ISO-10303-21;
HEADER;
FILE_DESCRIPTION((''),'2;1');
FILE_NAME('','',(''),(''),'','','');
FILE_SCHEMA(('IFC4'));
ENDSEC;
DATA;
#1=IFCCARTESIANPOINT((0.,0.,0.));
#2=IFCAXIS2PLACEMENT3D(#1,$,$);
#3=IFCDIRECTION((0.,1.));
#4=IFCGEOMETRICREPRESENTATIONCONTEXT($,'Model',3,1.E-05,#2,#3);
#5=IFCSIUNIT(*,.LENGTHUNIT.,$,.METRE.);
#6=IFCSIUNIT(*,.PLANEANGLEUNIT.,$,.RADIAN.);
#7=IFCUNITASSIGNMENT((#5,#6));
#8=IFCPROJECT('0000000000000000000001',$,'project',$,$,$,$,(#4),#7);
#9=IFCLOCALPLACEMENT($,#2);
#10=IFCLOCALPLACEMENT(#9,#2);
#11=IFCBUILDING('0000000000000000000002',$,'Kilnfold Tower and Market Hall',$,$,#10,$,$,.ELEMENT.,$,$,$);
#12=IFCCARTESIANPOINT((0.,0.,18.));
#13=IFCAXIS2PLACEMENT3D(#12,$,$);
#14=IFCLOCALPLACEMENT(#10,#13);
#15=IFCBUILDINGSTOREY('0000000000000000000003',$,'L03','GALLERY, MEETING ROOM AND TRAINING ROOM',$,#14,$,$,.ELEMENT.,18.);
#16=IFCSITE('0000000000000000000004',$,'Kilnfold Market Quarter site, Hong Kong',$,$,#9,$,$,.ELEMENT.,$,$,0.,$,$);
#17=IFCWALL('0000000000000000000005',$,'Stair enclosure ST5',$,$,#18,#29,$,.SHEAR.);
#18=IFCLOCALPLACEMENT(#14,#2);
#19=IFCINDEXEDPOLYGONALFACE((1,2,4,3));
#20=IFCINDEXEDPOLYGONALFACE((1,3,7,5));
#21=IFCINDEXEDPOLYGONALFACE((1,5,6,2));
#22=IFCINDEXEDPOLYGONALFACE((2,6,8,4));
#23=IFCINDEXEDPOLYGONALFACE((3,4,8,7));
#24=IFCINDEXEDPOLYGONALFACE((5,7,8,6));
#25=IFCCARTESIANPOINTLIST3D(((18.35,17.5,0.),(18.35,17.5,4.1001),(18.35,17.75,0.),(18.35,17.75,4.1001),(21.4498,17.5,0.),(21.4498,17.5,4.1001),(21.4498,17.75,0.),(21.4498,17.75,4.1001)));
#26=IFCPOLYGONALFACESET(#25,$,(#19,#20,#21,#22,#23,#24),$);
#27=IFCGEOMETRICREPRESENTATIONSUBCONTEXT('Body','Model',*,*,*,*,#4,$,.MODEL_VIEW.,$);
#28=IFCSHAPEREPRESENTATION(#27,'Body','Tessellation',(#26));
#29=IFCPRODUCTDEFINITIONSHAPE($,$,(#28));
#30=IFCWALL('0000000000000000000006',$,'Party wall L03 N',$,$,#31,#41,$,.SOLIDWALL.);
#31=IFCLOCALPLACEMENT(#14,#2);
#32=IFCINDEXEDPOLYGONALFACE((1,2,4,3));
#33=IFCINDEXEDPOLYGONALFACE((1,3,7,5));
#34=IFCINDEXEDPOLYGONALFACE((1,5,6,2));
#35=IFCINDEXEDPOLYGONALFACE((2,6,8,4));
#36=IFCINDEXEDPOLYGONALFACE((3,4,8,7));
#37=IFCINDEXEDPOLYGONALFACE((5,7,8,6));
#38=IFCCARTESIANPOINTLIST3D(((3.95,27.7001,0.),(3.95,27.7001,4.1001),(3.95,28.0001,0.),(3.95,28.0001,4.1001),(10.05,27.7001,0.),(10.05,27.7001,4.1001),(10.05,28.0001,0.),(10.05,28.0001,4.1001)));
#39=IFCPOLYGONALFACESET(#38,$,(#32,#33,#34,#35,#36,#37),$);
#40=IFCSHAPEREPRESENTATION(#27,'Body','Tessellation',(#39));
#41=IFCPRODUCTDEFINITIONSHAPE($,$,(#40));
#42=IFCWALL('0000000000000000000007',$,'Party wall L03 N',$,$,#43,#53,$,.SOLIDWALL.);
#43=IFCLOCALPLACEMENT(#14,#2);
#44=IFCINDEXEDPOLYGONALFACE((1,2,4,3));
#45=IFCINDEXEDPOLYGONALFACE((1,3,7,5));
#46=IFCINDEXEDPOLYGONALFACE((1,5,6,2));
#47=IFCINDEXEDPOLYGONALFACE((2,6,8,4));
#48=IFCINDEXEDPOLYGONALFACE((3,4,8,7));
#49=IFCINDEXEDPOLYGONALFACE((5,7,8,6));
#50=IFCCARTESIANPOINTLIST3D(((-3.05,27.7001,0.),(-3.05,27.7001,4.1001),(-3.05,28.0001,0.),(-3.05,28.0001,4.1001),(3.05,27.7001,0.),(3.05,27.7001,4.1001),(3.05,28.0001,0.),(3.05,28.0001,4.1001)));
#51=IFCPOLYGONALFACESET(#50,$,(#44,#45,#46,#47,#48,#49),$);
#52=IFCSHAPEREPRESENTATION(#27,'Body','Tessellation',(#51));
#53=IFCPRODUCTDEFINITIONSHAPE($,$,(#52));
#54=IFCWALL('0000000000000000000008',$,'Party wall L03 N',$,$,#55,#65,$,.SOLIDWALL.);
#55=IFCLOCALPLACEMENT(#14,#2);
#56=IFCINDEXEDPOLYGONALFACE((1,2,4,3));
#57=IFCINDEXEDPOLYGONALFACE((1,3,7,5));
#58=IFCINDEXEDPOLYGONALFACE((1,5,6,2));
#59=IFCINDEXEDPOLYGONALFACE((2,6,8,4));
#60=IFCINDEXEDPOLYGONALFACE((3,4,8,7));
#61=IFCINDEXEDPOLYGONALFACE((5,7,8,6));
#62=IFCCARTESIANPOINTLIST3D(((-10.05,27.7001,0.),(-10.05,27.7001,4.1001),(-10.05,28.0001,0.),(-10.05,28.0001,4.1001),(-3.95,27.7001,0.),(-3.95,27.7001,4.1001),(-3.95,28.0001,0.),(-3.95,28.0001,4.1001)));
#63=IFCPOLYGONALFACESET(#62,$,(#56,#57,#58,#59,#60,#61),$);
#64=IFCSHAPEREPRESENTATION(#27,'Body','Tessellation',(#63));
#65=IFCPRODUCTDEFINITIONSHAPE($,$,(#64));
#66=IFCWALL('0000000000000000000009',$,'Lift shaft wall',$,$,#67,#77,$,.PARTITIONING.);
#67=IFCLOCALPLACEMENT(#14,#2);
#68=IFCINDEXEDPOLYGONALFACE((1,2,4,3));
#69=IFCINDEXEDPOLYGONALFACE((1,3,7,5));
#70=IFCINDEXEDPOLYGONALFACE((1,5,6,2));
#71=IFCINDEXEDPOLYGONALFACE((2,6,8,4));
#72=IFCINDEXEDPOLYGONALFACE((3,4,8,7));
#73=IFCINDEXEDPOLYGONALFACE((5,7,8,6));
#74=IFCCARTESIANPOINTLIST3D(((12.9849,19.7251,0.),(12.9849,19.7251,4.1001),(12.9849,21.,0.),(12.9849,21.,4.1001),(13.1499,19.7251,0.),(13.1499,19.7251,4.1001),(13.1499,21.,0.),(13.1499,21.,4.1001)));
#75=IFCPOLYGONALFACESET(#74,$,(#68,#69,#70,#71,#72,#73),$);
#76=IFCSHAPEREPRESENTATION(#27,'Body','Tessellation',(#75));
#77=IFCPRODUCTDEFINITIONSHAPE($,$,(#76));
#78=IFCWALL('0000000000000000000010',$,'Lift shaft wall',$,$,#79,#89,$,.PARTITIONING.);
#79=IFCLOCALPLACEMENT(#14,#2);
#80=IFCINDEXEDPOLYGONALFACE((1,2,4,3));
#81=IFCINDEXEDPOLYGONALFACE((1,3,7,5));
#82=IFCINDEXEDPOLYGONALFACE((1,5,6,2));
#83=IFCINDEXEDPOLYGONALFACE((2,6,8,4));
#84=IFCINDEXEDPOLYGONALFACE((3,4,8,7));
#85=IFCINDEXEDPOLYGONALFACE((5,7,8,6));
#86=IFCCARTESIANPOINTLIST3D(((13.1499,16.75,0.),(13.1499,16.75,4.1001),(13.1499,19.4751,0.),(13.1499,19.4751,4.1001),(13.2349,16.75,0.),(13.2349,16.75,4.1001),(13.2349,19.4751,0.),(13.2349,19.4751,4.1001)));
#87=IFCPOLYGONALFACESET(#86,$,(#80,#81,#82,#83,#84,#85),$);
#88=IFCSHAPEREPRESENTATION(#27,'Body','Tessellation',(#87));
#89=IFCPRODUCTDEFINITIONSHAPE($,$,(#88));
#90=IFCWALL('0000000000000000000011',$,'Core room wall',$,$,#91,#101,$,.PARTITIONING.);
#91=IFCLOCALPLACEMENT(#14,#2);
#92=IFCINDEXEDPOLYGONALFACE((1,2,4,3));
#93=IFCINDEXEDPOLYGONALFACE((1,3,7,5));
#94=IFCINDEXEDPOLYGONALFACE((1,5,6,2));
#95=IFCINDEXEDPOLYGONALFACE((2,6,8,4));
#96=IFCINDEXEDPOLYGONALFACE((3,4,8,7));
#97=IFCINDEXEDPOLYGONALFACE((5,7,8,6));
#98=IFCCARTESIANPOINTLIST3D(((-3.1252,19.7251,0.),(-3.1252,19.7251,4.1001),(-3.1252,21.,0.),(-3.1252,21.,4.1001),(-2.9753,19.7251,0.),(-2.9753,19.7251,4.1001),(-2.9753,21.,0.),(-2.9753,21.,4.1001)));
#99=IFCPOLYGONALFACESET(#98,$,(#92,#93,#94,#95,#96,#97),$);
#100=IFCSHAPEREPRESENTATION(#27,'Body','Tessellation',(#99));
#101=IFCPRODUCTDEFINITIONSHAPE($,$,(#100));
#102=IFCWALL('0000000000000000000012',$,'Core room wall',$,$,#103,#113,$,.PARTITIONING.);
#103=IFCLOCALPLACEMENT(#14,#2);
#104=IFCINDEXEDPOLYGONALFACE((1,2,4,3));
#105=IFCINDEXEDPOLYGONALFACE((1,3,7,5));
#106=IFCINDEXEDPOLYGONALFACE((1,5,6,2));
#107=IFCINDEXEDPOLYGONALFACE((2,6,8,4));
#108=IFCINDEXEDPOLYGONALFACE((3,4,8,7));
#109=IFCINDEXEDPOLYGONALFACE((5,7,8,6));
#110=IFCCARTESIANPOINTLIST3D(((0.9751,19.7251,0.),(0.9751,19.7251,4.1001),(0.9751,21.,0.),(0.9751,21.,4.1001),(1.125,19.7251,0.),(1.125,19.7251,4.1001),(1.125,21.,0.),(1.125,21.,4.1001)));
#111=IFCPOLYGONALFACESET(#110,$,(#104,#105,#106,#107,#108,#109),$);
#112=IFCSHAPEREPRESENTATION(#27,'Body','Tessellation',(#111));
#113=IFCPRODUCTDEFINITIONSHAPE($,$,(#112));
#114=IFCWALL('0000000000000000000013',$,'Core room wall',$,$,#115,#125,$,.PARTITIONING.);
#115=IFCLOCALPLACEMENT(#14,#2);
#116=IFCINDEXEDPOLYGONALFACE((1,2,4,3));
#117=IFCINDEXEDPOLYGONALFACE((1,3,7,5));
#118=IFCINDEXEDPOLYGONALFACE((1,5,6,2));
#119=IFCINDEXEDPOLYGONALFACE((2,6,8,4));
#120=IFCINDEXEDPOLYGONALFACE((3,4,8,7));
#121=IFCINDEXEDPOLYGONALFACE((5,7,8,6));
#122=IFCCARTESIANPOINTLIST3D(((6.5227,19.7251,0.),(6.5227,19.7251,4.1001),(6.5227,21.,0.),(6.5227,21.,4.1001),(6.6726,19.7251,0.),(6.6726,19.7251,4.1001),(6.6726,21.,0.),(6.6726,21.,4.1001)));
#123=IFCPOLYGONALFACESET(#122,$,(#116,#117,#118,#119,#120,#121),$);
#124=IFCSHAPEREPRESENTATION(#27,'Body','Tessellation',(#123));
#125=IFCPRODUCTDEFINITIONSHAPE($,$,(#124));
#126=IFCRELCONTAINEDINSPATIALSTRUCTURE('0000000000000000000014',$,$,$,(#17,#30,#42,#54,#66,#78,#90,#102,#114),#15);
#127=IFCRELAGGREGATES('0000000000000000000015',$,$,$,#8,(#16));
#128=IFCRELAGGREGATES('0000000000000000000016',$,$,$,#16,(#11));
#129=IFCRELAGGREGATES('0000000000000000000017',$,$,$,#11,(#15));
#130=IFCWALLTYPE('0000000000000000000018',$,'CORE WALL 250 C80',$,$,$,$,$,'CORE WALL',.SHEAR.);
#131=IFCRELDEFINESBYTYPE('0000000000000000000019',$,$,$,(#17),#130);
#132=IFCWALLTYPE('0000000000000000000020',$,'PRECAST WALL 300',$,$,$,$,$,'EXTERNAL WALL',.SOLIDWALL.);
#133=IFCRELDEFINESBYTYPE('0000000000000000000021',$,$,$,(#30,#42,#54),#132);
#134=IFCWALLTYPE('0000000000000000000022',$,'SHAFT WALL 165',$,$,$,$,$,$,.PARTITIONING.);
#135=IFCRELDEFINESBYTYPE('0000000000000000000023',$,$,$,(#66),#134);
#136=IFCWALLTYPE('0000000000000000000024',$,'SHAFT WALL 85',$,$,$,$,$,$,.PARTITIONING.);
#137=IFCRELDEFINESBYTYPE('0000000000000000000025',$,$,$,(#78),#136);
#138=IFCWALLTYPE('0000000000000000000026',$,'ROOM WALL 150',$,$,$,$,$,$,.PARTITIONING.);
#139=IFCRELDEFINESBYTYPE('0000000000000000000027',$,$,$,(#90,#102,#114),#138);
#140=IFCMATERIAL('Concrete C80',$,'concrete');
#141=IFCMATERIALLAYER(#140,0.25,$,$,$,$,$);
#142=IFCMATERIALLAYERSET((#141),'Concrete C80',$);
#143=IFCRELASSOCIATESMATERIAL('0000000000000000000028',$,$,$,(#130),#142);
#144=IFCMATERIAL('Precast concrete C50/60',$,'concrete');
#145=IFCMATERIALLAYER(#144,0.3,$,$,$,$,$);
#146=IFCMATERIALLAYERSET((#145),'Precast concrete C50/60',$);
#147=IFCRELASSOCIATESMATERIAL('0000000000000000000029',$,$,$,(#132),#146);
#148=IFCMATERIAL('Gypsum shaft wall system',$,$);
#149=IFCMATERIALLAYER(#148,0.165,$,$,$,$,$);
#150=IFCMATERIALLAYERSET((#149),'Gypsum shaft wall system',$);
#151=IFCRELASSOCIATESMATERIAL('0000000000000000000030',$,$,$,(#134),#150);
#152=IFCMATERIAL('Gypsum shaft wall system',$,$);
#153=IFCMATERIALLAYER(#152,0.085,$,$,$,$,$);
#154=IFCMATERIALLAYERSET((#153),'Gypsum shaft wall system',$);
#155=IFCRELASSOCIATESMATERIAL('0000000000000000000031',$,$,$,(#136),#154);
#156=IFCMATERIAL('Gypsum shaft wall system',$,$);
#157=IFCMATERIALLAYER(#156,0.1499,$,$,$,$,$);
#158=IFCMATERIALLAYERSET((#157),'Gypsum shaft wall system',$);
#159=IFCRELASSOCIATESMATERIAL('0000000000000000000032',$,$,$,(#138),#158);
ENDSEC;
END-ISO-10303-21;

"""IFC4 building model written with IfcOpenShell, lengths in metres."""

from ifc_helpers import new_model, si_unit, direction, frame, frame_2d, origin, place, context, subcontext, project, spatial, rectangle, extrude, source, transform, mapped, material, layer, layer_set, type_object, element, save


model = new_model("IFC4")

# Units and contexts
model_context = context("Model", 3, precision=1e-05, world=origin(), true_north=direction((0.0, 1.0)))
body_context = subcontext(model_context, "Body", "Model", "MODEL_VIEW")
ifc_project = project(units=[si_unit("LENGTHUNIT", "METRE"), si_unit("PLANEANGLEUNIT", "RADIAN")], contexts=[model_context])

# Site, building, storey
site_placement = place(None, origin())
site = spatial("IfcSite", under=ifc_project, at=site_placement, Name="Kilnfold Market Quarter site, Hong Kong", CompositionType="ELEMENT", RefElevation=0.0)
building_placement = place(site_placement, origin())
building = spatial("IfcBuilding", under=site, at=building_placement, Name="Kilnfold Tower and Market Hall", CompositionType="ELEMENT")
storey_placement = place(building_placement, frame((0.0, 0.0, 18.0)))
storey = spatial("IfcBuildingStorey", under=building, at=storey_placement, Name="L03", Description="GALLERY, MEETING ROOM AND TRAINING ROOM", CompositionType="ELEMENT", Elevation=18.0)

# Walls
ifc_material_1 = material(Name="Concrete C80", Category="concrete")
ifc_layer_1 = layer(ifc_material_1, 0.25)
ifc_layer_set_1 = layer_set([ifc_layer_1], Name="Concrete C80")
wall_type_1 = type_object("IfcWallType", Name="CORE WALL 250 C80", ElementType="CORE WALL", PredefinedType="SHEAR", material=ifc_layer_set_1)
shared_shape_1 = source(origin(), body_context, "Body", "SweptSolid", [
    extrude(rectangle(XDim=3.0999, YDim=0.25, at=frame_2d((1.5498, 0.0))), origin(), (0.0, 0.0, 1.0), 4.1001),
])
wall_1_placement = place(storey_placement, frame((18.3501, 17.625, 0.0), z_axis=(0.0, 0.0, 1.0), x_axis=(1.0, 0.0, 0.0)))
element("IfcWall", 1, at=wall_1_placement, inside=storey, type_object=wall_type_1, Name="Stair enclosure ST5", PredefinedType="SHEAR", context=body_context, shape_type="MappedRepresentation", body=[
    mapped(shared_shape_1, transform((0.0, 0.0, 0.0))),
])
ifc_material_2 = material(Name="Precast concrete C50/60", Category="concrete")
ifc_layer_2 = layer(ifc_material_2, 0.3)
ifc_layer_set_2 = layer_set([ifc_layer_2], Name="Precast concrete C50/60")
wall_type_2 = type_object("IfcWallType", Name="PRECAST WALL 300", ElementType="EXTERNAL WALL", PredefinedType="SOLIDWALL", material=ifc_layer_set_2)
shared_shape_2 = source(origin(), body_context, "Body", "SweptSolid", [
    extrude(rectangle(XDim=6.1001, YDim=0.3, at=frame_2d((3.05, 0.0))), origin(), (0.0, 0.0, 1.0), 4.1001),
])
for number, where, z_axis, x_axis, name in (
    (2, (10.05, 27.8501, 0.0), (0.0, 0.0, 1.0), (-1.0, 0.0, 0.0), "Party wall L03 N"),
    (3, (3.05, 27.8501, 0.0), (0.0, 0.0, 1.0), (-1.0, 0.0, 0.0), "Party wall L03 N"),
    (4, (-3.95, 27.8501, 0.0), (0.0, 0.0, 1.0), (-1.0, 0.0, 0.0), "Party wall L03 N"),
):
    element("IfcWall", number, at=place(storey_placement, frame(where, z_axis=z_axis, x_axis=x_axis)), inside=storey, type_object=wall_type_2, Name=name, PredefinedType="SOLIDWALL", context=body_context, shape_type="MappedRepresentation", body=[
        mapped(shared_shape_2, transform((0.0, 0.0, 0.0))),
    ])
ifc_material_3 = material(Name="Gypsum shaft wall system")
ifc_layer_3 = layer(ifc_material_3, 0.165)
ifc_layer_set_3 = layer_set([ifc_layer_3], Name="Gypsum shaft wall system")
wall_type_3 = type_object("IfcWallType", Name="SHAFT WALL 165", PredefinedType="PARTITIONING", material=ifc_layer_set_3)
shared_shape_3 = source(origin(), body_context, "Body", "SweptSolid", [
    extrude(rectangle(XDim=1.2749, YDim=0.165, at=frame_2d((0.6375, 0.0))), origin(), (0.0, 0.0, 1.0), 4.1001),
])
wall_2_placement = place(storey_placement, frame((13.0674, 19.7251, 0.0), z_axis=(0.0, 0.0, 1.0), x_axis=(0.0, 1.0, 0.0)))
element("IfcWall", 5, at=wall_2_placement, inside=storey, type_object=wall_type_3, Name="Lift shaft wall", PredefinedType="PARTITIONING", context=body_context, shape_type="MappedRepresentation", body=[
    mapped(shared_shape_3, transform((0.0, 0.0, 0.0))),
])
ifc_material_4 = material(Name="Gypsum shaft wall system")
ifc_layer_4 = layer(ifc_material_4, 0.085)
ifc_layer_set_4 = layer_set([ifc_layer_4], Name="Gypsum shaft wall system")
wall_type_4 = type_object("IfcWallType", Name="SHAFT WALL 85", PredefinedType="PARTITIONING", material=ifc_layer_set_4)
shared_shape_4 = source(origin(), body_context, "Body", "SweptSolid", [
    extrude(rectangle(XDim=2.7251, YDim=0.085, at=frame_2d((1.3625, 0.0))), origin(), (0.0, 0.0, 1.0), 4.1001),
])
wall_3_placement = place(storey_placement, frame((13.1924, 16.75, 0.0), z_axis=(0.0, 0.0, 1.0), x_axis=(0.0, 1.0, 0.0)))
element("IfcWall", 6, at=wall_3_placement, inside=storey, type_object=wall_type_4, Name="Lift shaft wall", PredefinedType="PARTITIONING", context=body_context, shape_type="MappedRepresentation", body=[
    mapped(shared_shape_4, transform((0.0, 0.0, 0.0))),
])
ifc_material_5 = material(Name="Gypsum shaft wall system")
ifc_layer_5 = layer(ifc_material_5, 0.1499)
ifc_layer_set_5 = layer_set([ifc_layer_5], Name="Gypsum shaft wall system")
wall_type_5 = type_object("IfcWallType", Name="ROOM WALL 150", PredefinedType="PARTITIONING", material=ifc_layer_set_5)
shared_shape_5 = source(origin(), body_context, "Body", "SweptSolid", [
    extrude(rectangle(XDim=1.2749, YDim=0.1499, at=frame_2d((0.6375, 0.0))), origin(), (0.0, 0.0, 1.0), 4.1001),
])
for number, where, z_axis, x_axis, name in (
    (7, (-3.0503, 19.7251, 0.0), (0.0, 0.0, 1.0), (0.0, 1.0, 0.0), "Core room wall"),
    (8, (1.05, 19.7251, 0.0), (0.0, 0.0, 1.0), (0.0, 1.0, 0.0), "Core room wall"),
    (9, (6.5977, 19.7251, 0.0), (0.0, 0.0, 1.0), (0.0, 1.0, 0.0), "Core room wall"),
):
    element("IfcWall", number, at=place(storey_placement, frame(where, z_axis=z_axis, x_axis=x_axis)), inside=storey, type_object=wall_type_5, Name=name, PredefinedType="PARTITIONING", context=body_context, shape_type="MappedRepresentation", body=[
        mapped(shared_shape_5, transform((0.0, 0.0, 0.0))),
    ])

save(model, "model.ifc")
